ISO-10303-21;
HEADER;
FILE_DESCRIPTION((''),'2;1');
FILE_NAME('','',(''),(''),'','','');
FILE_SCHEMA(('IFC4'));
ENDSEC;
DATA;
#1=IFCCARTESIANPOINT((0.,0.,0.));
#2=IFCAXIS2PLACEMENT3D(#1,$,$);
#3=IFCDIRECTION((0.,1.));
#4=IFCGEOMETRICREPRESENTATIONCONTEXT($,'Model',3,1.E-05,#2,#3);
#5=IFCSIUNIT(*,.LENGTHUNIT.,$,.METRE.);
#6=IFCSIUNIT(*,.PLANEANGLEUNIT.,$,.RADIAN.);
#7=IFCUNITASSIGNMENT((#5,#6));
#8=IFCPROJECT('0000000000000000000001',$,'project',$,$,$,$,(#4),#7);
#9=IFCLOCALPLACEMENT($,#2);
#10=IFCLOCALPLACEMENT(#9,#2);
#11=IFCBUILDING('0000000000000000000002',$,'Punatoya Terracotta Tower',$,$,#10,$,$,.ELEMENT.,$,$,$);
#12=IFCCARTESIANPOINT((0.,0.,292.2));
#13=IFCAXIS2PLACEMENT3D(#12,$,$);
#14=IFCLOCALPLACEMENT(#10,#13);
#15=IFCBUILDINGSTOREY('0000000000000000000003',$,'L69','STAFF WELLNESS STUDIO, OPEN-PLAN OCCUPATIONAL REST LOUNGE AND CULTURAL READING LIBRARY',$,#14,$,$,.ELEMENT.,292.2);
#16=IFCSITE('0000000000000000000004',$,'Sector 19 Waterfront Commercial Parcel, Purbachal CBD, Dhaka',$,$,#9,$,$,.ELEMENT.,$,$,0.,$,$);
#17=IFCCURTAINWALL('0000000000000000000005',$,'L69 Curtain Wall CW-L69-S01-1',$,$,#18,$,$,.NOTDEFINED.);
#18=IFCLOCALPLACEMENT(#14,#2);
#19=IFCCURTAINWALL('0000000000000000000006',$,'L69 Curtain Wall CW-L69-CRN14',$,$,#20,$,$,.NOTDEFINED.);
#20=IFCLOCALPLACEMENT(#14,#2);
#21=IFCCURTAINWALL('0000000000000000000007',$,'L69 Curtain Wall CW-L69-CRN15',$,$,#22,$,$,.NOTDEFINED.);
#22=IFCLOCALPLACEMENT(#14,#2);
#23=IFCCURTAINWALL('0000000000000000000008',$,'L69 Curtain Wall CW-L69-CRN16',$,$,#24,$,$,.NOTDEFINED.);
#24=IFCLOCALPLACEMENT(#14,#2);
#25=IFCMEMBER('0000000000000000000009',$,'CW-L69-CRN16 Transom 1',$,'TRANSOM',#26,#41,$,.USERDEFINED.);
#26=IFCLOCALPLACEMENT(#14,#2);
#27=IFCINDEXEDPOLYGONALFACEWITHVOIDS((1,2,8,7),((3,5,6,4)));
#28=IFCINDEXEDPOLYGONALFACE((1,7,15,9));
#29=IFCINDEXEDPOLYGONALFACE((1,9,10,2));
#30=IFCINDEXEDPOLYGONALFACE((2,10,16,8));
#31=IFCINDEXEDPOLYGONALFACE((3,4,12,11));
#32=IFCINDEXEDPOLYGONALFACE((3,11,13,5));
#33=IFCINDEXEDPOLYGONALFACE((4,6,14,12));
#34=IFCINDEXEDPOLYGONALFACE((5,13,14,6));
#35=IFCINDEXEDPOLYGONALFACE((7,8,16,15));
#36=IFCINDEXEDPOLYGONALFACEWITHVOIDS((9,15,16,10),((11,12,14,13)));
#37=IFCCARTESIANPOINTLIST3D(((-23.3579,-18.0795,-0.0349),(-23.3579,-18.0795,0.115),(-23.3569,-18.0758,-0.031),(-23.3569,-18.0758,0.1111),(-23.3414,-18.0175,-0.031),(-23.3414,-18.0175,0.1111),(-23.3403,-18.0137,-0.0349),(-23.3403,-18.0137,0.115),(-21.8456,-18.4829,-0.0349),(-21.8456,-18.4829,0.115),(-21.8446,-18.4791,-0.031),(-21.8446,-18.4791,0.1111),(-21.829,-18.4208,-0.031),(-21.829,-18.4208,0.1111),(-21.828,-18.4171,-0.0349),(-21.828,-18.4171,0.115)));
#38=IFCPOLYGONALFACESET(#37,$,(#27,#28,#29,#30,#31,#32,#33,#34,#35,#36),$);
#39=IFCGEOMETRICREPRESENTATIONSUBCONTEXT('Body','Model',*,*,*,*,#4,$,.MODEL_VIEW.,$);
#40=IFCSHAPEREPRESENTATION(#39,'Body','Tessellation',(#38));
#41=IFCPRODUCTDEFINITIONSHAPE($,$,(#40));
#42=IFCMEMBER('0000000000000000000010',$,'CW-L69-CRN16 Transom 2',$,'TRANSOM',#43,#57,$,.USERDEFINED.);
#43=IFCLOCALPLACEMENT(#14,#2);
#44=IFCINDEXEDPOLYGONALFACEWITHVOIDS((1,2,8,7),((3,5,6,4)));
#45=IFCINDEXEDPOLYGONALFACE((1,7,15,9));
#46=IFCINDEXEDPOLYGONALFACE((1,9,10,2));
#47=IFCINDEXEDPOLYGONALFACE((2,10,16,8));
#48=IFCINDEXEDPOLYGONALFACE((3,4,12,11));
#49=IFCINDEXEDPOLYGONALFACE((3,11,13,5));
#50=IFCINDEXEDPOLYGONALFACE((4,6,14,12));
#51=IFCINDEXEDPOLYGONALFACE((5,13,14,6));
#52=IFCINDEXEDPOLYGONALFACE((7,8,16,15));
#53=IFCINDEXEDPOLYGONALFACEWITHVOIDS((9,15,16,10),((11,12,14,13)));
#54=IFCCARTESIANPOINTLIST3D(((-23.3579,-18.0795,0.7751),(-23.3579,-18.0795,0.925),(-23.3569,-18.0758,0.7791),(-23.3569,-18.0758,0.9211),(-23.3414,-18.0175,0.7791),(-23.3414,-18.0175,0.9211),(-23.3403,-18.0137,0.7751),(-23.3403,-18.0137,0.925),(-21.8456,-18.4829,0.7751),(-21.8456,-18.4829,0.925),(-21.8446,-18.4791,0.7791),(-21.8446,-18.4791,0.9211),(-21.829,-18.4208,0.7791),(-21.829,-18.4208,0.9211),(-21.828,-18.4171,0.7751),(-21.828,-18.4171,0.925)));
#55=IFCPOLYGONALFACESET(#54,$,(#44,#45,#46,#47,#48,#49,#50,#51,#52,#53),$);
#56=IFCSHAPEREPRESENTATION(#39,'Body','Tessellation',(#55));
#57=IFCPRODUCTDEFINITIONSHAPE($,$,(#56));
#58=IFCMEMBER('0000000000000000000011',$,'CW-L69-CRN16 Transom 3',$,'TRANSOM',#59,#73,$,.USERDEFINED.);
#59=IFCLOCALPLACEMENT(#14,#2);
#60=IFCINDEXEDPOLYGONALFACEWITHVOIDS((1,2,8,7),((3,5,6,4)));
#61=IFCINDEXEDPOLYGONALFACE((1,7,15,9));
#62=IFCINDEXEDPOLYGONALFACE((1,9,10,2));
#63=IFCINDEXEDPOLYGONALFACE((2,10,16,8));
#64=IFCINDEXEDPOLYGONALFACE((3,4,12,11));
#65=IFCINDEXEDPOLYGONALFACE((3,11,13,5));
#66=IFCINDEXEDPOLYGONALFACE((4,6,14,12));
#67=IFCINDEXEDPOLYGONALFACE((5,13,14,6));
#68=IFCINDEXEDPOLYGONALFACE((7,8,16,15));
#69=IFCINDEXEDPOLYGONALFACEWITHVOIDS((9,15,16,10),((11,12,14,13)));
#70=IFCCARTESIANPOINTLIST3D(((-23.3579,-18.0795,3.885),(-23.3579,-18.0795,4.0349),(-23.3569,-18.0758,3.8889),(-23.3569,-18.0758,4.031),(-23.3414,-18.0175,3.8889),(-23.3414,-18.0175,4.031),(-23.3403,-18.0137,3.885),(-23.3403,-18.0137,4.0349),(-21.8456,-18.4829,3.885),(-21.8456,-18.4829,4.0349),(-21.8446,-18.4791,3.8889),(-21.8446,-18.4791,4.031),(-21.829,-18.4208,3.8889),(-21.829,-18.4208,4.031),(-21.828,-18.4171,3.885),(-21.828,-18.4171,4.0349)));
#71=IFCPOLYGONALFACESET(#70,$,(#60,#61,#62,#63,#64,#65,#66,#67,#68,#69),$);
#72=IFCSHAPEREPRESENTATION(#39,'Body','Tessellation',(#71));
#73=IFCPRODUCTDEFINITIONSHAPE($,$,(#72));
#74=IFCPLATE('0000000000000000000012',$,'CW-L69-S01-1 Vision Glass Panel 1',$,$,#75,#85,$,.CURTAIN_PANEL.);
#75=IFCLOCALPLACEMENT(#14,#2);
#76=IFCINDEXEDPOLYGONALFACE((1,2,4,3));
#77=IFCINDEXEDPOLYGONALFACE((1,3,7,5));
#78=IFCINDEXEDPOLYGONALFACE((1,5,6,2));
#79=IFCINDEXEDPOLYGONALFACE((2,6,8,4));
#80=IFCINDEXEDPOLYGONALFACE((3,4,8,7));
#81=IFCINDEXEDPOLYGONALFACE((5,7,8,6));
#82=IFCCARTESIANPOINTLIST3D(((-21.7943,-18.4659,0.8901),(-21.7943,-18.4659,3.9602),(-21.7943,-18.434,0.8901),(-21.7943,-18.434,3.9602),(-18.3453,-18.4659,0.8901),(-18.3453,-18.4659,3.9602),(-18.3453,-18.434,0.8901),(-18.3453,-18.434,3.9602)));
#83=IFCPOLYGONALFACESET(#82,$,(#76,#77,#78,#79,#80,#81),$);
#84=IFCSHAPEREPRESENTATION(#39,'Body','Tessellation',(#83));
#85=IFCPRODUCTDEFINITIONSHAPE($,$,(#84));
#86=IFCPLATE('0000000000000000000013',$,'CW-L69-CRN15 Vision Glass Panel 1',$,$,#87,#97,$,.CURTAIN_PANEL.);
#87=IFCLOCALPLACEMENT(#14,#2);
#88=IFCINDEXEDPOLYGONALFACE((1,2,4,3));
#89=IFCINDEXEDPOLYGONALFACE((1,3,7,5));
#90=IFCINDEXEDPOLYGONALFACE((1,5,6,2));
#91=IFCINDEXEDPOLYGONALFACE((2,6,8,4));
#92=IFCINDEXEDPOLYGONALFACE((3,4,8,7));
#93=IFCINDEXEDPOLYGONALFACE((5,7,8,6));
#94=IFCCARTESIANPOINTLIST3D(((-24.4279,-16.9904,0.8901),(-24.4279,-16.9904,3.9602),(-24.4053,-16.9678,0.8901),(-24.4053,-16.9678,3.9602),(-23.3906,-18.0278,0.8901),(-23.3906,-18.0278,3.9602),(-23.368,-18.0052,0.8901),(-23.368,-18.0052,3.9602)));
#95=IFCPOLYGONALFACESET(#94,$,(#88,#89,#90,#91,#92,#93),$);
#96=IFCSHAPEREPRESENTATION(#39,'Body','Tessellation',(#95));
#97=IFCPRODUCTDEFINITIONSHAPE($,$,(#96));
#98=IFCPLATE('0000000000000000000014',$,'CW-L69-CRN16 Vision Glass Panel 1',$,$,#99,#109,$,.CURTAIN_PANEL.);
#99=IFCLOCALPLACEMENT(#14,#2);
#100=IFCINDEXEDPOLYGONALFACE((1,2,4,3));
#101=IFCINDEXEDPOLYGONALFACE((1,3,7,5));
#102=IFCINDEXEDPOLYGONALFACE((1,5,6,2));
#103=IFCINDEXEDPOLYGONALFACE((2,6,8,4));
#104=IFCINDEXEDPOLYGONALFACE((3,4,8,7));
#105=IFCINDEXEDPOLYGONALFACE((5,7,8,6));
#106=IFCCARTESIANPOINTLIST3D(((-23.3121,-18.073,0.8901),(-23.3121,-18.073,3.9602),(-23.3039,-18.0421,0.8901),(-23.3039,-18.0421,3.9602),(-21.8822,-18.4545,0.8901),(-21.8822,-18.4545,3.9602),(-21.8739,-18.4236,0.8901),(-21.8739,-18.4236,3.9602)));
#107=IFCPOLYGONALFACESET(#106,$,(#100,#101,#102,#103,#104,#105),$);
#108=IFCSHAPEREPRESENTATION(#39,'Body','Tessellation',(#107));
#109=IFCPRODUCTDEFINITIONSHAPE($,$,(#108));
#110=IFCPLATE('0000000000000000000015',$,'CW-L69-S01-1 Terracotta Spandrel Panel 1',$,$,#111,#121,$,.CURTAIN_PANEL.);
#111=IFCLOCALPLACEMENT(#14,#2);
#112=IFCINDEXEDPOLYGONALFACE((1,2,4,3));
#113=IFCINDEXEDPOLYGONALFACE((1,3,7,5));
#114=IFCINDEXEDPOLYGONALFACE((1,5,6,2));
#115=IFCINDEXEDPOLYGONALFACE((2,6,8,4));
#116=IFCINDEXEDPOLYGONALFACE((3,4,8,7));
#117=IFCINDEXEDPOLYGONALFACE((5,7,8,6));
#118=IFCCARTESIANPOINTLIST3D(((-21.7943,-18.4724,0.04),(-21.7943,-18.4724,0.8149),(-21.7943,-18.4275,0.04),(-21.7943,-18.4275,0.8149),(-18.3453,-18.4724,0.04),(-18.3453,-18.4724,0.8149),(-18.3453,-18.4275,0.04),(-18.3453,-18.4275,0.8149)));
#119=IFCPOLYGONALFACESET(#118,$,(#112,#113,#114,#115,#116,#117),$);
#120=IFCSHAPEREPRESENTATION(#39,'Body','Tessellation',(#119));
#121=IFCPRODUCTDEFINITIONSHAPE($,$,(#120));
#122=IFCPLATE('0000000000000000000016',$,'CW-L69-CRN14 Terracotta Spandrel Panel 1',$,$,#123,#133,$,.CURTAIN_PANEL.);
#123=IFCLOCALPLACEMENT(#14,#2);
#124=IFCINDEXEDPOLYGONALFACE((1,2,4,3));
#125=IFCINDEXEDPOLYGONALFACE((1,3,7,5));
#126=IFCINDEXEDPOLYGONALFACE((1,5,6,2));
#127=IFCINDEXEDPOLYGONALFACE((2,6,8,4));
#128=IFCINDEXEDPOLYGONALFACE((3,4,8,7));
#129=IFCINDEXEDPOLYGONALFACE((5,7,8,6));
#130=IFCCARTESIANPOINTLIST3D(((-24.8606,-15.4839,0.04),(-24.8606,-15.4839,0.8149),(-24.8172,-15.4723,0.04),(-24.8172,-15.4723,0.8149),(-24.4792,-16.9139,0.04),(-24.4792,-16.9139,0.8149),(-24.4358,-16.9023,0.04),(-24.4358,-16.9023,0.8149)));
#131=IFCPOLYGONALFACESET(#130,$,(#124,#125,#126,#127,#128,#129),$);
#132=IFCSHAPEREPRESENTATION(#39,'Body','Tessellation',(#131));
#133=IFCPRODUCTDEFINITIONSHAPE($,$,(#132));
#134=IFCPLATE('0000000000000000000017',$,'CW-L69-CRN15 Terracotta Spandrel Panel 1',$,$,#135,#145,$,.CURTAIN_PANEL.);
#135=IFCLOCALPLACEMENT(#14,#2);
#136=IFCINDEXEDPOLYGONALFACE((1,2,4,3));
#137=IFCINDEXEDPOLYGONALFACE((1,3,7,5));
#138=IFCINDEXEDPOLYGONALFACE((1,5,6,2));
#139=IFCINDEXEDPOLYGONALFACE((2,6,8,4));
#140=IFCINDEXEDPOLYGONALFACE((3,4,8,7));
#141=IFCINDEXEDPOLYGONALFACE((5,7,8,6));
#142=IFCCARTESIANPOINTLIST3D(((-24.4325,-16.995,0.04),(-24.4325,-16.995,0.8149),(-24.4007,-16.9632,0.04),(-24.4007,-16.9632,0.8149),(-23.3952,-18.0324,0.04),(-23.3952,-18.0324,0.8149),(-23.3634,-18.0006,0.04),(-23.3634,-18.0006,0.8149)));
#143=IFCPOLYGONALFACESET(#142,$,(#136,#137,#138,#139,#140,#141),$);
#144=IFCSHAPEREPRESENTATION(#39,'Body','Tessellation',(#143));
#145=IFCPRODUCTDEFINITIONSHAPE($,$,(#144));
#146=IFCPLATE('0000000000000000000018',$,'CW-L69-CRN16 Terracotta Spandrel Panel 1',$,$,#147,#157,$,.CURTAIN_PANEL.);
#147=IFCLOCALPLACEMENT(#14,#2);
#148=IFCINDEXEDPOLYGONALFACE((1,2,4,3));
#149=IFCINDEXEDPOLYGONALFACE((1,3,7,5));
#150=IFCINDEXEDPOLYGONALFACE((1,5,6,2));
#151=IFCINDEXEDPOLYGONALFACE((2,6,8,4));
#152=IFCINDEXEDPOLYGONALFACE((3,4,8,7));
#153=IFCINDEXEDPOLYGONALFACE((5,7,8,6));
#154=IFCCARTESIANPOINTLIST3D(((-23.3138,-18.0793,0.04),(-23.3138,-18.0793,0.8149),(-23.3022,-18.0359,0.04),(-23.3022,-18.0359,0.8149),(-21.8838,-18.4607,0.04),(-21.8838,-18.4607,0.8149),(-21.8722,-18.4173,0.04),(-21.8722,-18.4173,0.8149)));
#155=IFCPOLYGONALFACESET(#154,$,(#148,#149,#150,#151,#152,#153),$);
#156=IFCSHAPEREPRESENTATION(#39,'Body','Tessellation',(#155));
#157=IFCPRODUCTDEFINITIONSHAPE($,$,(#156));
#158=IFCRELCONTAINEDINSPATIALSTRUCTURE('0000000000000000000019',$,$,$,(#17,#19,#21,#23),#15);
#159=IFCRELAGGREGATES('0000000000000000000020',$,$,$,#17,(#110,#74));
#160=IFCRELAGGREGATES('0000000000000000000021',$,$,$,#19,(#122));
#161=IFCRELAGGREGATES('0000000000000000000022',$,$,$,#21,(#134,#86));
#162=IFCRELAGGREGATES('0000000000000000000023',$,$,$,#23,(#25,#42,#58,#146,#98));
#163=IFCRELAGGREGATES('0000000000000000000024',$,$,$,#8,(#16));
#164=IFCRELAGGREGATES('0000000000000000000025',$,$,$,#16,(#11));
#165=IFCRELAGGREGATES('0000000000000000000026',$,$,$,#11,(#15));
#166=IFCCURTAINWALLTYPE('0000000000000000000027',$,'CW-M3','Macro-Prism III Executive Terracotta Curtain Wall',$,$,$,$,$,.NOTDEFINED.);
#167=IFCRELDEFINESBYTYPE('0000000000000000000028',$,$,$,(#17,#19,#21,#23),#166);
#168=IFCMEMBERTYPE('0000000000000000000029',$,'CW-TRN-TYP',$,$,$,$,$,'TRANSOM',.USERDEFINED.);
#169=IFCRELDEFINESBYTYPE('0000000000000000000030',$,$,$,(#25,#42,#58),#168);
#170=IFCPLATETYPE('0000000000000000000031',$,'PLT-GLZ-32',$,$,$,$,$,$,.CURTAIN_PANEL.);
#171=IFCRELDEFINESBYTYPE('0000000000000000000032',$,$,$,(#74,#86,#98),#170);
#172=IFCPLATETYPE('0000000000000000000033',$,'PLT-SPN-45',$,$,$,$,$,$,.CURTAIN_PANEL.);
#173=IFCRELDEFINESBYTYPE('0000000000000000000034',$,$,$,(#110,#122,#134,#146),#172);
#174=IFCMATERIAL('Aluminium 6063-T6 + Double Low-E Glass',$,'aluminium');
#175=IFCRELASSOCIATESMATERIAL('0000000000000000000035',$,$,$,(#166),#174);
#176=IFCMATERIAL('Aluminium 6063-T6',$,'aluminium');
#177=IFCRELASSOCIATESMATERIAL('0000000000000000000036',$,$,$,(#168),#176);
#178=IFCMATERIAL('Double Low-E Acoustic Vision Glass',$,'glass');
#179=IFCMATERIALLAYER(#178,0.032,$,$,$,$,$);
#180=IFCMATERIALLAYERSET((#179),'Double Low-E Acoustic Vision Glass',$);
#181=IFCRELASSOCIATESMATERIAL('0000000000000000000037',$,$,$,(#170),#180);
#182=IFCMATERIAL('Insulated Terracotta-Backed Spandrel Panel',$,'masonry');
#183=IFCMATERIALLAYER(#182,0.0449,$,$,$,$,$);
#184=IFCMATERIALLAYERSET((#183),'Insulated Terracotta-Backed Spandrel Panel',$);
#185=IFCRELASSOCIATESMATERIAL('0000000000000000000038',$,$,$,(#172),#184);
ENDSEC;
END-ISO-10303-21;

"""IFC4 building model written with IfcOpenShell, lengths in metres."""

from ifc_helpers import new_model, si_unit, direction, frame, origin, origin_2d, place, context, subcontext, project, spatial, rectangle, hollow_rectangle, extrude, material, layer, layer_set, material_profile, profile_set, type_object, element, aggregate, save


model = new_model("IFC4")

# Units and contexts
model_context = context("Model", 3, precision=1e-05, world=origin(), true_north=direction((0.0, 1.0)))
body_context = subcontext(model_context, "Body", "Model", "MODEL_VIEW")
ifc_project = project(units=[si_unit("LENGTHUNIT", "METRE"), si_unit("PLANEANGLEUNIT", "RADIAN")], contexts=[model_context])

# Site, building, storey
site_placement = place(None, origin())
site = spatial("IfcSite", under=ifc_project, at=site_placement, Name="Sector 19 Waterfront Commercial Parcel, Purbachal CBD, Dhaka", CompositionType="ELEMENT", RefElevation=0.0)
building_placement = place(site_placement, origin())
building = spatial("IfcBuilding", under=site, at=building_placement, Name="Punatoya Terracotta Tower", CompositionType="ELEMENT")
storey_placement = place(building_placement, frame((0.0, 0.0, 292.2)))
storey = spatial("IfcBuildingStorey", under=building, at=storey_placement, Name="L69", Description="STAFF WELLNESS STUDIO, OPEN-PLAN OCCUPATIONAL REST LOUNGE AND CULTURAL READING LIBRARY", CompositionType="ELEMENT", Elevation=292.2)

# Curtain walls
ifc_material_1 = material(Name="Aluminium 6063-T6 + Double Low-E Glass", Category="aluminium")
curtain_wall_type = type_object("IfcCurtainWallType", Name="CW-M3", Description="Macro-Prism III Executive Terracotta Curtain Wall", PredefinedType="NOTDEFINED", material=ifc_material_1)
curtain_wall_1_placement = place(storey_placement, origin())
curtain_wall_1 = element("IfcCurtainWall", 1, at=curtain_wall_1_placement, inside=storey, type_object=curtain_wall_type, Name="L69 Curtain Wall CW-L69-S01-1", PredefinedType="NOTDEFINED")
ifc_material_2 = material(Name="Aluminium 6063-T6", Category="aluminium")
curtain_wall_2_placement = place(storey_placement, origin())
curtain_wall_2 = element("IfcCurtainWall", 2, at=curtain_wall_2_placement, inside=storey, type_object=curtain_wall_type, Name="L69 Curtain Wall CW-L69-CRN14", PredefinedType="NOTDEFINED")

# Curtain walls
curtain_wall_3_placement = place(storey_placement, origin())
curtain_wall_3 = element("IfcCurtainWall", 3, at=curtain_wall_3_placement, inside=storey, type_object=curtain_wall_type, Name="L69 Curtain Wall CW-L69-CRN15", PredefinedType="NOTDEFINED")
curtain_wall_4_placement = place(storey_placement, origin())
curtain_wall_4 = element("IfcCurtainWall", 4, at=curtain_wall_4_placement, inside=storey, type_object=curtain_wall_type, Name="L69 Curtain Wall CW-L69-CRN16", PredefinedType="NOTDEFINED")

# Members
ifc_material_profile_1 = material_profile(ifc_material_2, hollow_rectangle(XDim=0.0681, YDim=0.1499, WallThickness=0.0039, at=origin_2d()))
ifc_profile_set_1 = profile_set([ifc_material_profile_1], Name="Aluminium 6063-T6")
member_type_1 = type_object("IfcMemberType", Name="CW-TRN-TYP", ElementType="TRANSOM", PredefinedType="USERDEFINED", material=ifc_profile_set_1)
member_1_placement = place(storey_placement, frame((-23.3491, -18.0466, 0.04), z_axis=(0.966225, -0.257701, 0.0), x_axis=(0.257701, 0.966225, 0.0)))
member_1 = element("IfcMember", 5, at=member_1_placement, type_object=member_type_1, Name="CW-L69-CRN16 Transom 1", ObjectType="TRANSOM", PredefinedType="USERDEFINED", context=body_context, shape_type="SweptSolid", body=[
    extrude(hollow_rectangle(XDim=0.0681, YDim=0.1499, WallThickness=0.0039, at=origin_2d()), origin(), (0.0, 0.0, 1.0), 1.5652),
])
member_2_placement = place(storey_placement, frame((-23.3491, -18.0466, 0.8501), z_axis=(0.966225, -0.257701, 0.0), x_axis=(0.257701, 0.966225, 0.0)))
member_2 = element("IfcMember", 6, at=member_2_placement, type_object=member_type_1, Name="CW-L69-CRN16 Transom 2", ObjectType="TRANSOM", PredefinedType="USERDEFINED", context=body_context, shape_type="SweptSolid", body=[
    extrude(hollow_rectangle(XDim=0.0681, YDim=0.1499, WallThickness=0.0039, at=origin_2d()), origin(), (0.0, 0.0, 1.0), 1.5652),
])
member_3_placement = place(storey_placement, frame((-23.3491, -18.0466, 3.96), z_axis=(0.966225, -0.257701, 0.0), x_axis=(0.257701, 0.966225, 0.0)))
member_3 = element("IfcMember", 7, at=member_3_placement, type_object=member_type_1, Name="CW-L69-CRN16 Transom 3", ObjectType="TRANSOM", PredefinedType="USERDEFINED", context=body_context, shape_type="SweptSolid", body=[
    extrude(hollow_rectangle(XDim=0.0681, YDim=0.1499, WallThickness=0.0039, at=origin_2d()), origin(), (0.0, 0.0, 1.0), 1.5652),
])

# Plates
ifc_material_3 = material(Name="Double Low-E Acoustic Vision Glass", Category="glass")
ifc_layer_1 = layer(ifc_material_3, 0.032)
ifc_layer_set_1 = layer_set([ifc_layer_1], Name="Double Low-E Acoustic Vision Glass")
plate_type_1 = type_object("IfcPlateType", Name="PLT-GLZ-32", PredefinedType="CURTAIN_PANEL", material=ifc_layer_set_1)
plate_1_placement = place(storey_placement, frame((-20.0698, -18.45, 0.8901), z_axis=(0.0, 0.0, 1.0), x_axis=(1.0, 0.0, 0.0)))
plate_1 = element("IfcPlate", 8, at=plate_1_placement, type_object=plate_type_1, Name="CW-L69-S01-1 Vision Glass Panel 1", PredefinedType="CURTAIN_PANEL", context=body_context, shape_type="SweptSolid", body=[
    extrude(rectangle(XDim=3.449, YDim=0.032, at=origin_2d()), origin(), (0.0, 0.0, 1.0), 3.0701),
])
plate_2_placement = place(storey_placement, frame((-23.8979, -17.4978, 0.8901), z_axis=(0.0, 0.0, 1.0), x_axis=(0.707107, -0.707107, 0.0)))
plate_2 = element("IfcPlate", 9, at=plate_2_placement, type_object=plate_type_1, Name="CW-L69-CRN15 Vision Glass Panel 1", PredefinedType="CURTAIN_PANEL", context=body_context, shape_type="SweptSolid", body=[
    extrude(rectangle(XDim=1.467, YDim=0.032, at=origin_2d()), origin(), (0.0, 0.0, 1.0), 3.0701),
])
plate_3_placement = place(storey_placement, frame((-22.593, -18.2483, 0.8901), z_axis=(0.0, 0.0, 1.0), x_axis=(0.966214, -0.257742, 0.0)))
plate_3 = element("IfcPlate", 10, at=plate_3_placement, type_object=plate_type_1, Name="CW-L69-CRN16 Vision Glass Panel 1", PredefinedType="CURTAIN_PANEL", context=body_context, shape_type="SweptSolid", body=[
    extrude(rectangle(XDim=1.48, YDim=0.032, at=origin_2d()), origin(), (0.0, 0.0, 1.0), 3.0701),
])
ifc_material_4 = material(Name="Insulated Terracotta-Backed Spandrel Panel", Category="masonry")
ifc_layer_2 = layer(ifc_material_4, 0.0449)
ifc_layer_set_2 = layer_set([ifc_layer_2], Name="Insulated Terracotta-Backed Spandrel Panel")
plate_type_2 = type_object("IfcPlateType", Name="PLT-SPN-45", PredefinedType="CURTAIN_PANEL", material=ifc_layer_set_2)
plate_4_placement = place(storey_placement, frame((-20.0698, -18.45, 0.04), z_axis=(0.0, 0.0, 1.0), x_axis=(1.0, 0.0, 0.0)))
plate_4 = element("IfcPlate", 11, at=plate_4_placement, type_object=plate_type_2, Name="CW-L69-S01-1 Terracotta Spandrel Panel 1", PredefinedType="CURTAIN_PANEL", context=body_context, shape_type="SweptSolid", body=[
    extrude(rectangle(XDim=3.449, YDim=0.0449, at=origin_2d()), origin(), (0.0, 0.0, 1.0), 0.7749),
])
aggregate(curtain_wall_1, [plate_4, plate_1])
plate_5_placement = place(storey_placement, frame((-24.6482, -16.1931, 0.04), z_axis=(0.0, 0.0, 1.0), x_axis=(0.257742, -0.966214, 0.0)))
plate_5 = element("IfcPlate", 12, at=plate_5_placement, type_object=plate_type_2, Name="CW-L69-CRN14 Terracotta Spandrel Panel 1", PredefinedType="CURTAIN_PANEL", context=body_context, shape_type="SweptSolid", body=[
    extrude(rectangle(XDim=1.48, YDim=0.0449, at=origin_2d()), origin(), (0.0, 0.0, 1.0), 0.7749),
])
aggregate(curtain_wall_2, [plate_5])
plate_6_placement = place(storey_placement, frame((-23.8979, -17.4978, 0.04), z_axis=(0.0, 0.0, 1.0), x_axis=(0.707107, -0.707107, 0.0)))
plate_6 = element("IfcPlate", 13, at=plate_6_placement, type_object=plate_type_2, Name="CW-L69-CRN15 Terracotta Spandrel Panel 1", PredefinedType="CURTAIN_PANEL", context=body_context, shape_type="SweptSolid", body=[
    extrude(rectangle(XDim=1.467, YDim=0.0449, at=origin_2d()), origin(), (0.0, 0.0, 1.0), 0.7749),
])
aggregate(curtain_wall_3, [plate_6, plate_2])
plate_7_placement = place(storey_placement, frame((-22.593, -18.2483, 0.04), z_axis=(0.0, 0.0, 1.0), x_axis=(0.966214, -0.257742, 0.0)))
plate_7 = element("IfcPlate", 14, at=plate_7_placement, type_object=plate_type_2, Name="CW-L69-CRN16 Terracotta Spandrel Panel 1", PredefinedType="CURTAIN_PANEL", context=body_context, shape_type="SweptSolid", body=[
    extrude(rectangle(XDim=1.48, YDim=0.0449, at=origin_2d()), origin(), (0.0, 0.0, 1.0), 0.7749),
])
aggregate(curtain_wall_4, [member_1, member_2, member_3, plate_7, plate_3])

save(model, "model.ifc")
